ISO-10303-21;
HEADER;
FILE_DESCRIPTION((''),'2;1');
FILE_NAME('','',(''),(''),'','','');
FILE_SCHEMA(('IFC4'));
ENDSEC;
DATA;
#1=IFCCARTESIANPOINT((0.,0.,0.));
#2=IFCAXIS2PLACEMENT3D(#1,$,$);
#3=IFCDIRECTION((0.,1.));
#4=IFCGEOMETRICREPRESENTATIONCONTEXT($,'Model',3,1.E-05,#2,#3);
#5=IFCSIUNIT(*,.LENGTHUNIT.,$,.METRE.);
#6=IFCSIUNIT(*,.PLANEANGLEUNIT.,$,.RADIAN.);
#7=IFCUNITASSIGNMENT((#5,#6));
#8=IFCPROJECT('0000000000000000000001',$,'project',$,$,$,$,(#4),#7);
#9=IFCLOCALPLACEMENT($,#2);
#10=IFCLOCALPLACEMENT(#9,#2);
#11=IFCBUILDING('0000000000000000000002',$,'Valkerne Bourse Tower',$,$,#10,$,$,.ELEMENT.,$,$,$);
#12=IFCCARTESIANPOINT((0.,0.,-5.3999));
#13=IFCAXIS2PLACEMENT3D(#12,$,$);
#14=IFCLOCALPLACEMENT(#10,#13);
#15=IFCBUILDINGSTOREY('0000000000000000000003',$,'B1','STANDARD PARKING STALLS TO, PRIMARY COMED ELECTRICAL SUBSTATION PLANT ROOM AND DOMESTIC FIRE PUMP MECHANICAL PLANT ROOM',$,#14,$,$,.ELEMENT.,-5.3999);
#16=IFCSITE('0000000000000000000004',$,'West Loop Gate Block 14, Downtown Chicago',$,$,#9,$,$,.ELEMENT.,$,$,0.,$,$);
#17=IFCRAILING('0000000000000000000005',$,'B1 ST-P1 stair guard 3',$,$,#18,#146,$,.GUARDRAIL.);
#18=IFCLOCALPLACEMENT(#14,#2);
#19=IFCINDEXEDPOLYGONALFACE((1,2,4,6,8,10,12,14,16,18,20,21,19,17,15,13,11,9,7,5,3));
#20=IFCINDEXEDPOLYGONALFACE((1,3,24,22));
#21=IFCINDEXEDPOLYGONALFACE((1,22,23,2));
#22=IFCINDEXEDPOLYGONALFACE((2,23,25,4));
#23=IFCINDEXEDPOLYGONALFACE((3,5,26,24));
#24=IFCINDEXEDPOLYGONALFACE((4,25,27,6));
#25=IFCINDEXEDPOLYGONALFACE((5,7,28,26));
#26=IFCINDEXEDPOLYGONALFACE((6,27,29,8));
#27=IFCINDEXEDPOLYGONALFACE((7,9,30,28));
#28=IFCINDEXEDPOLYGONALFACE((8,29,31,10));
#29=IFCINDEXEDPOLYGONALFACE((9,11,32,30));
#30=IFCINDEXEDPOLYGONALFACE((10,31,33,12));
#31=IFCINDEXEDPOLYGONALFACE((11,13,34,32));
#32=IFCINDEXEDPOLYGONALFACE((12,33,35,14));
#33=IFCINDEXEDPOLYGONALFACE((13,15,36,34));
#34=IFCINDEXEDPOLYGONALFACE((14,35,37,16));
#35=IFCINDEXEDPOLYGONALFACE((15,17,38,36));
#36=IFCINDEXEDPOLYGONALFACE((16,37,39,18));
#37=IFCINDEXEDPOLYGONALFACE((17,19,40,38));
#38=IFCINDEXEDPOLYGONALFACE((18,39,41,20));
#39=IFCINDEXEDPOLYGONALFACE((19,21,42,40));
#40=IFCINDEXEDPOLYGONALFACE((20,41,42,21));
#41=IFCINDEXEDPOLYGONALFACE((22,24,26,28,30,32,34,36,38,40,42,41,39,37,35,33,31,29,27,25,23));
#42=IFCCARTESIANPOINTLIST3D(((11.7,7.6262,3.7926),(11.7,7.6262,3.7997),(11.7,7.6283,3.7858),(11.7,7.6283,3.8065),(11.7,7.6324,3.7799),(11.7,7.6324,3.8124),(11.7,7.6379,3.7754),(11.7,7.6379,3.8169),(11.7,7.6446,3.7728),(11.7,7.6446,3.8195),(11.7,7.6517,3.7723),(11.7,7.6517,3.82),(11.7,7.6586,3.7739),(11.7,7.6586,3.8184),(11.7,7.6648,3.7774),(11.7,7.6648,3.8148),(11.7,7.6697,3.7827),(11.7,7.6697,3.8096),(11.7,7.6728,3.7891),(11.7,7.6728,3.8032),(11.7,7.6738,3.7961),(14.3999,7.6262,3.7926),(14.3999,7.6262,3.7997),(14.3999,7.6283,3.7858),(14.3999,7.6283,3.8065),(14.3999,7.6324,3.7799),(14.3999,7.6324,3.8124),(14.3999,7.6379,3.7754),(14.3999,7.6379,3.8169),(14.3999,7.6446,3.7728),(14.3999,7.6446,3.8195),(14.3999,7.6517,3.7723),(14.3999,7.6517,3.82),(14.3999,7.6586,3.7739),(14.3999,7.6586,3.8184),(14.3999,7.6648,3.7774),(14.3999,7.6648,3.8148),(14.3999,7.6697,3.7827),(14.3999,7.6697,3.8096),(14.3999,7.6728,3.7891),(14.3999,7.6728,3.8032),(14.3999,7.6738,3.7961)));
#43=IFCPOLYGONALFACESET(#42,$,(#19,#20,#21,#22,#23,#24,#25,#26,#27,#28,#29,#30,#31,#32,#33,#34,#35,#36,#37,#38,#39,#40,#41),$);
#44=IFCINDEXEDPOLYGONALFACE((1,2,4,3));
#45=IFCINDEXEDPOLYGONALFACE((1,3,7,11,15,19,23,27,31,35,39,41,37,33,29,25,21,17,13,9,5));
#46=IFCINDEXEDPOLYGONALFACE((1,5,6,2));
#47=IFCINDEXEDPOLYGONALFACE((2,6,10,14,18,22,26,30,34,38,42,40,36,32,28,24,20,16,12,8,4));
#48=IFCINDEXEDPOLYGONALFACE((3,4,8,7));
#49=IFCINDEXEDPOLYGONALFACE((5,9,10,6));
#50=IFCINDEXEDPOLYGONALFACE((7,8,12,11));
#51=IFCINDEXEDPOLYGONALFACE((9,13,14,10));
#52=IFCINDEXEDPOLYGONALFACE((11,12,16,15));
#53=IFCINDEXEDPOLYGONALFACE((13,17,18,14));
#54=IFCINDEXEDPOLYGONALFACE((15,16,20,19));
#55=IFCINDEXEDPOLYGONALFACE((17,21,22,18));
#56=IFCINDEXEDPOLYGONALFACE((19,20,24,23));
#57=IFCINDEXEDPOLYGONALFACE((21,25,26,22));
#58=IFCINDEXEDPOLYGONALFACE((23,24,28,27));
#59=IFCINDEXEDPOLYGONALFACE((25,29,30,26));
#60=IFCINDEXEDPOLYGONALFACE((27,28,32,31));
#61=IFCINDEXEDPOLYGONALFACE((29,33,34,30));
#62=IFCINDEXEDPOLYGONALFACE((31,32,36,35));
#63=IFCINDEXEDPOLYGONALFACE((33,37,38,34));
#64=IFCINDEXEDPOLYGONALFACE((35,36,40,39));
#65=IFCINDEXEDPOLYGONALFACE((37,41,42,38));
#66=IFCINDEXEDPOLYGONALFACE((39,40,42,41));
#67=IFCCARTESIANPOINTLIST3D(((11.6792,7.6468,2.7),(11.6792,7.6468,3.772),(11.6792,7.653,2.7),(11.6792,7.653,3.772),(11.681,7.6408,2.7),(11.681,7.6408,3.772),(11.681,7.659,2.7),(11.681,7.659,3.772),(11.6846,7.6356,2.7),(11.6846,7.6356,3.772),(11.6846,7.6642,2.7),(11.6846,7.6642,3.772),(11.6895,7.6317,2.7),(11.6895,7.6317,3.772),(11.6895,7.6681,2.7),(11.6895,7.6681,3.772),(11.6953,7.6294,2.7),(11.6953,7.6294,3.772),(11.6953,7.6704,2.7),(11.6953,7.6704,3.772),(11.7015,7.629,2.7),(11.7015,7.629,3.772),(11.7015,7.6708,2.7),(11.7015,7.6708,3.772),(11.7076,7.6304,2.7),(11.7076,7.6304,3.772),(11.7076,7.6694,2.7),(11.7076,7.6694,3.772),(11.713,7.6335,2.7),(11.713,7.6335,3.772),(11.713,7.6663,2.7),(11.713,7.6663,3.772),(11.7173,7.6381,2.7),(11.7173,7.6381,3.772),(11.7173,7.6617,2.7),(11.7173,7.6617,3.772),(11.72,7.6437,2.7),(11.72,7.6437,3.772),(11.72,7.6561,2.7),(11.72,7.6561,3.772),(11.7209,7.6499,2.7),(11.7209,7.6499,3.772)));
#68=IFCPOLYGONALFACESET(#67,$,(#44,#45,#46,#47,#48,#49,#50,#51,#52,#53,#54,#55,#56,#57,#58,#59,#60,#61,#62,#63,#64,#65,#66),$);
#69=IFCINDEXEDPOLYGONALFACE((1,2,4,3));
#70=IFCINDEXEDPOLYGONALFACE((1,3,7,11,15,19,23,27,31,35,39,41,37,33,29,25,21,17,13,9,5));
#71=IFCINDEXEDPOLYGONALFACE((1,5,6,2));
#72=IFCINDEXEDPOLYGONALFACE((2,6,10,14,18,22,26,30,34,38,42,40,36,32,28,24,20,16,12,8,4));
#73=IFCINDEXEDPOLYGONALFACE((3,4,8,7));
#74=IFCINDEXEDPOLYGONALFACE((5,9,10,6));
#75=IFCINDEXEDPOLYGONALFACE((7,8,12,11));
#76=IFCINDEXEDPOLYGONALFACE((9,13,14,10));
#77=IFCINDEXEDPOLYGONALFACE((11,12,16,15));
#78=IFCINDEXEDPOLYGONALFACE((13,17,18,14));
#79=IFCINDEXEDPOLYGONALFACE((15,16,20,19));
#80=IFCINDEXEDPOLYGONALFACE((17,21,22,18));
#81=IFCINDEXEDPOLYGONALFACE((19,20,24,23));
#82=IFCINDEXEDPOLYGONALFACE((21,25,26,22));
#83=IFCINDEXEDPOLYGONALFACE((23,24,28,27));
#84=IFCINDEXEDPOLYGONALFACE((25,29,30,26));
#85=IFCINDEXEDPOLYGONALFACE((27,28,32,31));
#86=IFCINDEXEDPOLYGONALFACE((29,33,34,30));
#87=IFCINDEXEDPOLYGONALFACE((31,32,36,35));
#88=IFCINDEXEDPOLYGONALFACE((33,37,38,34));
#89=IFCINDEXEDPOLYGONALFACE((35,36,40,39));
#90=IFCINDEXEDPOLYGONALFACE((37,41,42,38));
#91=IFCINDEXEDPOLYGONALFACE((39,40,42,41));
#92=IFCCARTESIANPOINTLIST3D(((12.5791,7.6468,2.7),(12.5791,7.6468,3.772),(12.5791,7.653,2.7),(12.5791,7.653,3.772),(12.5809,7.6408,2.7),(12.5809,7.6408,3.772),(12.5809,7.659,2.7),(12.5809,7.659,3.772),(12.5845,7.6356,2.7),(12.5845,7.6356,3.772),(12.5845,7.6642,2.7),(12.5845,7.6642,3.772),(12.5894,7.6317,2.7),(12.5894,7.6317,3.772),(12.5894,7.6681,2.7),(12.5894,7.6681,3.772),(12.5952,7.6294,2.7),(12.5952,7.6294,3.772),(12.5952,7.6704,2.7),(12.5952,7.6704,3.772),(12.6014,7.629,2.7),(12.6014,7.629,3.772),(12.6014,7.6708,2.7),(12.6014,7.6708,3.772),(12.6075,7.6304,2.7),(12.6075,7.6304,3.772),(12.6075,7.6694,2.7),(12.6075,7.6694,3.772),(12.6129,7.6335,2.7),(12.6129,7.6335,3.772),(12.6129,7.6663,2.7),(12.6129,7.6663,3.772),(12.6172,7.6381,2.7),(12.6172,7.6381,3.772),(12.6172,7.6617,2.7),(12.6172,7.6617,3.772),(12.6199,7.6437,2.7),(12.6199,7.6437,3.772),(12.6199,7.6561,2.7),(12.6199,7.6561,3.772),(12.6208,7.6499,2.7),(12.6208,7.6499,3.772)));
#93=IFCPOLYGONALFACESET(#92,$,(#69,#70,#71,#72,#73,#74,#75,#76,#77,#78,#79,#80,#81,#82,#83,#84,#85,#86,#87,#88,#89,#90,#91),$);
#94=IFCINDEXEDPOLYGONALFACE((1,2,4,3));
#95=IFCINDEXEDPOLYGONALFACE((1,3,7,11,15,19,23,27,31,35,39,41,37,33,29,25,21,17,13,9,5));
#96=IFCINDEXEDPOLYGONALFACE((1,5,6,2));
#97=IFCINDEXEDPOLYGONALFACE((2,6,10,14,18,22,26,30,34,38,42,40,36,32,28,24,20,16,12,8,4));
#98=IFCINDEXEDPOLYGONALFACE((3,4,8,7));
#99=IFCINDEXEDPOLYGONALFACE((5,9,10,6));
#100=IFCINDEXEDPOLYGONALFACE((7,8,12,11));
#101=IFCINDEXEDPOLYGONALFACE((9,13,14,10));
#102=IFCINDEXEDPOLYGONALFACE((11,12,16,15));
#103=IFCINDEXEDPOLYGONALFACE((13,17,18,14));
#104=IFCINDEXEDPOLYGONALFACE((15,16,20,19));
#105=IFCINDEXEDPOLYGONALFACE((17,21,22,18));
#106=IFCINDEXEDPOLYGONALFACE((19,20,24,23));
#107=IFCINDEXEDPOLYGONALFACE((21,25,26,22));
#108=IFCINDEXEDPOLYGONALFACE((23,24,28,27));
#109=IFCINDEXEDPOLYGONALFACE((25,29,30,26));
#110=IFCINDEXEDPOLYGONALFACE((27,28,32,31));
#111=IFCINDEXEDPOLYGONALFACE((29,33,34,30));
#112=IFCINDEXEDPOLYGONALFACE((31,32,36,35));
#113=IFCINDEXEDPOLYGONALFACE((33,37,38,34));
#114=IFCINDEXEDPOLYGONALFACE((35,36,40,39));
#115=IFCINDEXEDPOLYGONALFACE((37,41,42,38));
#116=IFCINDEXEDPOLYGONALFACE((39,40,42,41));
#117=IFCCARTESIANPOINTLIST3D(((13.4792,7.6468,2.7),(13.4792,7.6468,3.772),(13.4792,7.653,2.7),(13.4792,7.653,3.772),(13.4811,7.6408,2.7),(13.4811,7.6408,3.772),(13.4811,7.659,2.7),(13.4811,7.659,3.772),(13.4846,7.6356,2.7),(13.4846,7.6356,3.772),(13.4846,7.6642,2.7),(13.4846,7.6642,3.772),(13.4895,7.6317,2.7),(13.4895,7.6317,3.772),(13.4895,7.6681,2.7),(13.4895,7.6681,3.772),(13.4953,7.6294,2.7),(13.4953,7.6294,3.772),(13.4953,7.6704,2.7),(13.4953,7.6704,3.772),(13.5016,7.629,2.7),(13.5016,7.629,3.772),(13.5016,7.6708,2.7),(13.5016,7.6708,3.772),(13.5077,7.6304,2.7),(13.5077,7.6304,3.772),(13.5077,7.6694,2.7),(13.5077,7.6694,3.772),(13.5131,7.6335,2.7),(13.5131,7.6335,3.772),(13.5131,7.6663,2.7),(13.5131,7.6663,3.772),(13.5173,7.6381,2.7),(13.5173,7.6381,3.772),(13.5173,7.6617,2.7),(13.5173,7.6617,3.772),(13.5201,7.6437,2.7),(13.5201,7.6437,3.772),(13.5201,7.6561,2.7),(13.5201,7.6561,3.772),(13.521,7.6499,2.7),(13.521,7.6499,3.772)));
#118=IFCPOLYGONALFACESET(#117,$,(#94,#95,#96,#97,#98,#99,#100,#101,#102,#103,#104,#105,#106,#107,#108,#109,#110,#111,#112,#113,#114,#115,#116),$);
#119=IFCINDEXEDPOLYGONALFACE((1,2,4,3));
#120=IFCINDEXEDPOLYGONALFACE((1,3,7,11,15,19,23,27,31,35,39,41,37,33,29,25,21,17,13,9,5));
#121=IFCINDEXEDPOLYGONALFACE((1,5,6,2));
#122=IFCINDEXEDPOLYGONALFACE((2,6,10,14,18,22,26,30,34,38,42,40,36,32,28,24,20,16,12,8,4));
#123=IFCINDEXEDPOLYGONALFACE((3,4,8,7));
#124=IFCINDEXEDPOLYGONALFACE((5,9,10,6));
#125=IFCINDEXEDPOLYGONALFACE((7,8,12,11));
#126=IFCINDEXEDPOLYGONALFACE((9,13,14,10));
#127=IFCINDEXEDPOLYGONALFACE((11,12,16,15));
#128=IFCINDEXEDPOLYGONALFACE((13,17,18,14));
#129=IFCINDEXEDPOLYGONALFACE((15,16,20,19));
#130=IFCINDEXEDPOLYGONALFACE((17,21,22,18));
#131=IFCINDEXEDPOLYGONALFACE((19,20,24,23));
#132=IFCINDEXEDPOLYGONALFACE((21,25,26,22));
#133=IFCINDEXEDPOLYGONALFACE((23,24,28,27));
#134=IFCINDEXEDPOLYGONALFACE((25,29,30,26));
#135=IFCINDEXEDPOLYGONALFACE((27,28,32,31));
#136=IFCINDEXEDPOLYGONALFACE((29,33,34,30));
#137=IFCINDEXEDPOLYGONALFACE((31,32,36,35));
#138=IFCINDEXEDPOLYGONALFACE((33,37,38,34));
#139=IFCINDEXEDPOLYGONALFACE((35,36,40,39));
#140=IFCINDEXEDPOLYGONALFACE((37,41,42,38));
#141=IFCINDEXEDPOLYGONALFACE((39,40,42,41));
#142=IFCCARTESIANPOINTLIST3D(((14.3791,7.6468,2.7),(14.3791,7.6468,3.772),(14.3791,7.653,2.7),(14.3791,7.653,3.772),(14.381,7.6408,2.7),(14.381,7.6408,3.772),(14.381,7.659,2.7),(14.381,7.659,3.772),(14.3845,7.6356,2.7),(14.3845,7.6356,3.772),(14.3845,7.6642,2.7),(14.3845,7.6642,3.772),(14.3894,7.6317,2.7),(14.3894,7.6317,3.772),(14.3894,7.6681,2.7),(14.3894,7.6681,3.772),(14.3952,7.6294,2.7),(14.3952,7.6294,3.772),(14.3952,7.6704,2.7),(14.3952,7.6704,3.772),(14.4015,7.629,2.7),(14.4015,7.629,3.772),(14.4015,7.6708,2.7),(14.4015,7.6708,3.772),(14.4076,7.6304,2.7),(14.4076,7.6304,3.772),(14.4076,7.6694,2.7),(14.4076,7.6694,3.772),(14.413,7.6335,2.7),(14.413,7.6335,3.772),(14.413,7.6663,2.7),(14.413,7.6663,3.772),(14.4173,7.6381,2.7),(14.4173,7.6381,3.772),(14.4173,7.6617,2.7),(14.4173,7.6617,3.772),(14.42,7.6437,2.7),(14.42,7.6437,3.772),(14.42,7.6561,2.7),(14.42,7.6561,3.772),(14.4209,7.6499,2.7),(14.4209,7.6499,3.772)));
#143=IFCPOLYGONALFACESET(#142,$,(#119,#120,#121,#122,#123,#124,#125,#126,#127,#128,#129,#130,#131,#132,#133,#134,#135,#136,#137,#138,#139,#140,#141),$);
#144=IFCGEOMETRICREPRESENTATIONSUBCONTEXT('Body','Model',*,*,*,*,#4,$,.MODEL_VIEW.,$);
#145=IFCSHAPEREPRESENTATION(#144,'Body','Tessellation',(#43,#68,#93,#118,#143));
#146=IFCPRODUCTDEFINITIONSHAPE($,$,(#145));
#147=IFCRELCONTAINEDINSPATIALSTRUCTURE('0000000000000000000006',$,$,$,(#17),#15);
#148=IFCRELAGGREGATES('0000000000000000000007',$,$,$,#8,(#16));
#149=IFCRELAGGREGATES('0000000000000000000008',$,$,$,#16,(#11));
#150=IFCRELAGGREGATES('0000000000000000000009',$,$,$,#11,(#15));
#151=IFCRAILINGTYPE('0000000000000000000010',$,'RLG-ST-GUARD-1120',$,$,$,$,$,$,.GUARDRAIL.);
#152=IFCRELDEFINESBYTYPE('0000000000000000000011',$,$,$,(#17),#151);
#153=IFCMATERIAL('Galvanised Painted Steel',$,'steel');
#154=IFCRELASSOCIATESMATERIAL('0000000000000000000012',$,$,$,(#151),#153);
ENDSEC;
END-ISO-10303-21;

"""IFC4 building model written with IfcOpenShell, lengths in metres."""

from ifc_helpers import new_model, si_unit, direction, frame, origin, origin_2d, place, context, subcontext, project, spatial, circle, extrude, material, type_object, element, save


model = new_model("IFC4")

# Units and contexts
model_context = context("Model", 3, precision=1e-05, world=origin(), true_north=direction((0.0, 1.0)))
body_context = subcontext(model_context, "Body", "Model", "MODEL_VIEW")
ifc_project = project(units=[si_unit("LENGTHUNIT", "METRE"), si_unit("PLANEANGLEUNIT", "RADIAN")], contexts=[model_context])

# Site, building, storey
site_placement = place(None, origin())
site = spatial("IfcSite", under=ifc_project, at=site_placement, Name="West Loop Gate Block 14, Downtown Chicago", CompositionType="ELEMENT", RefElevation=0.0)
building_placement = place(site_placement, origin())
building = spatial("IfcBuilding", under=site, at=building_placement, Name="Valkerne Bourse Tower", CompositionType="ELEMENT")
storey_placement = place(building_placement, frame((0.0, 0.0, -5.3999)))
storey = spatial("IfcBuildingStorey", under=building, at=storey_placement, Name="B1", Description="STANDARD PARKING STALLS TO, PRIMARY COMED ELECTRICAL SUBSTATION PLANT ROOM AND DOMESTIC FIRE PUMP MECHANICAL PLANT ROOM", CompositionType="ELEMENT", Elevation=-5.3999)

# Shared definitions
ifc_material_1 = material(Name="Galvanised Painted Steel", Category="steel")

# Railing
railing_type_1 = type_object("IfcRailingType", Name="RLG-ST-GUARD-1120", PredefinedType="GUARDRAIL", material=ifc_material_1)
for number, where, name in (
    (1, (11.7, 7.6499, 2.7), "B1 ST-P1 stair guard 3"),
):
    element("IfcRailing", number, at=place(storey_placement, frame(where)), inside=storey, type_object=railing_type_1, Name=name, PredefinedType="GUARDRAIL", context=body_context, shape_type="SweptSolid", body=[
        extrude(circle(Radius=0.0239, at=origin_2d()), frame((0.0, 0.0, 1.0962), z_axis=(1.0, 0.0, 0.0), x_axis=(0.0, 1.0, 0.0)), (0.0, 0.0, 1.0), 2.7),
        extrude(circle(Radius=0.021, at=origin_2d()), origin(), (0.0, 0.0, 1.0), 1.072),
        extrude(circle(Radius=0.021, at=origin_2d()), frame((0.8999, 0.0, 0.0)), (0.0, 0.0, 1.0), 1.072),
        extrude(circle(Radius=0.021, at=origin_2d()), frame((1.8, 0.0, 0.0)), (0.0, 0.0, 1.0), 1.072),
        extrude(circle(Radius=0.021, at=origin_2d()), frame((2.7, 0.0, 0.0)), (0.0, 0.0, 1.0), 1.072),
    ])

save(model, "model.ifc")
